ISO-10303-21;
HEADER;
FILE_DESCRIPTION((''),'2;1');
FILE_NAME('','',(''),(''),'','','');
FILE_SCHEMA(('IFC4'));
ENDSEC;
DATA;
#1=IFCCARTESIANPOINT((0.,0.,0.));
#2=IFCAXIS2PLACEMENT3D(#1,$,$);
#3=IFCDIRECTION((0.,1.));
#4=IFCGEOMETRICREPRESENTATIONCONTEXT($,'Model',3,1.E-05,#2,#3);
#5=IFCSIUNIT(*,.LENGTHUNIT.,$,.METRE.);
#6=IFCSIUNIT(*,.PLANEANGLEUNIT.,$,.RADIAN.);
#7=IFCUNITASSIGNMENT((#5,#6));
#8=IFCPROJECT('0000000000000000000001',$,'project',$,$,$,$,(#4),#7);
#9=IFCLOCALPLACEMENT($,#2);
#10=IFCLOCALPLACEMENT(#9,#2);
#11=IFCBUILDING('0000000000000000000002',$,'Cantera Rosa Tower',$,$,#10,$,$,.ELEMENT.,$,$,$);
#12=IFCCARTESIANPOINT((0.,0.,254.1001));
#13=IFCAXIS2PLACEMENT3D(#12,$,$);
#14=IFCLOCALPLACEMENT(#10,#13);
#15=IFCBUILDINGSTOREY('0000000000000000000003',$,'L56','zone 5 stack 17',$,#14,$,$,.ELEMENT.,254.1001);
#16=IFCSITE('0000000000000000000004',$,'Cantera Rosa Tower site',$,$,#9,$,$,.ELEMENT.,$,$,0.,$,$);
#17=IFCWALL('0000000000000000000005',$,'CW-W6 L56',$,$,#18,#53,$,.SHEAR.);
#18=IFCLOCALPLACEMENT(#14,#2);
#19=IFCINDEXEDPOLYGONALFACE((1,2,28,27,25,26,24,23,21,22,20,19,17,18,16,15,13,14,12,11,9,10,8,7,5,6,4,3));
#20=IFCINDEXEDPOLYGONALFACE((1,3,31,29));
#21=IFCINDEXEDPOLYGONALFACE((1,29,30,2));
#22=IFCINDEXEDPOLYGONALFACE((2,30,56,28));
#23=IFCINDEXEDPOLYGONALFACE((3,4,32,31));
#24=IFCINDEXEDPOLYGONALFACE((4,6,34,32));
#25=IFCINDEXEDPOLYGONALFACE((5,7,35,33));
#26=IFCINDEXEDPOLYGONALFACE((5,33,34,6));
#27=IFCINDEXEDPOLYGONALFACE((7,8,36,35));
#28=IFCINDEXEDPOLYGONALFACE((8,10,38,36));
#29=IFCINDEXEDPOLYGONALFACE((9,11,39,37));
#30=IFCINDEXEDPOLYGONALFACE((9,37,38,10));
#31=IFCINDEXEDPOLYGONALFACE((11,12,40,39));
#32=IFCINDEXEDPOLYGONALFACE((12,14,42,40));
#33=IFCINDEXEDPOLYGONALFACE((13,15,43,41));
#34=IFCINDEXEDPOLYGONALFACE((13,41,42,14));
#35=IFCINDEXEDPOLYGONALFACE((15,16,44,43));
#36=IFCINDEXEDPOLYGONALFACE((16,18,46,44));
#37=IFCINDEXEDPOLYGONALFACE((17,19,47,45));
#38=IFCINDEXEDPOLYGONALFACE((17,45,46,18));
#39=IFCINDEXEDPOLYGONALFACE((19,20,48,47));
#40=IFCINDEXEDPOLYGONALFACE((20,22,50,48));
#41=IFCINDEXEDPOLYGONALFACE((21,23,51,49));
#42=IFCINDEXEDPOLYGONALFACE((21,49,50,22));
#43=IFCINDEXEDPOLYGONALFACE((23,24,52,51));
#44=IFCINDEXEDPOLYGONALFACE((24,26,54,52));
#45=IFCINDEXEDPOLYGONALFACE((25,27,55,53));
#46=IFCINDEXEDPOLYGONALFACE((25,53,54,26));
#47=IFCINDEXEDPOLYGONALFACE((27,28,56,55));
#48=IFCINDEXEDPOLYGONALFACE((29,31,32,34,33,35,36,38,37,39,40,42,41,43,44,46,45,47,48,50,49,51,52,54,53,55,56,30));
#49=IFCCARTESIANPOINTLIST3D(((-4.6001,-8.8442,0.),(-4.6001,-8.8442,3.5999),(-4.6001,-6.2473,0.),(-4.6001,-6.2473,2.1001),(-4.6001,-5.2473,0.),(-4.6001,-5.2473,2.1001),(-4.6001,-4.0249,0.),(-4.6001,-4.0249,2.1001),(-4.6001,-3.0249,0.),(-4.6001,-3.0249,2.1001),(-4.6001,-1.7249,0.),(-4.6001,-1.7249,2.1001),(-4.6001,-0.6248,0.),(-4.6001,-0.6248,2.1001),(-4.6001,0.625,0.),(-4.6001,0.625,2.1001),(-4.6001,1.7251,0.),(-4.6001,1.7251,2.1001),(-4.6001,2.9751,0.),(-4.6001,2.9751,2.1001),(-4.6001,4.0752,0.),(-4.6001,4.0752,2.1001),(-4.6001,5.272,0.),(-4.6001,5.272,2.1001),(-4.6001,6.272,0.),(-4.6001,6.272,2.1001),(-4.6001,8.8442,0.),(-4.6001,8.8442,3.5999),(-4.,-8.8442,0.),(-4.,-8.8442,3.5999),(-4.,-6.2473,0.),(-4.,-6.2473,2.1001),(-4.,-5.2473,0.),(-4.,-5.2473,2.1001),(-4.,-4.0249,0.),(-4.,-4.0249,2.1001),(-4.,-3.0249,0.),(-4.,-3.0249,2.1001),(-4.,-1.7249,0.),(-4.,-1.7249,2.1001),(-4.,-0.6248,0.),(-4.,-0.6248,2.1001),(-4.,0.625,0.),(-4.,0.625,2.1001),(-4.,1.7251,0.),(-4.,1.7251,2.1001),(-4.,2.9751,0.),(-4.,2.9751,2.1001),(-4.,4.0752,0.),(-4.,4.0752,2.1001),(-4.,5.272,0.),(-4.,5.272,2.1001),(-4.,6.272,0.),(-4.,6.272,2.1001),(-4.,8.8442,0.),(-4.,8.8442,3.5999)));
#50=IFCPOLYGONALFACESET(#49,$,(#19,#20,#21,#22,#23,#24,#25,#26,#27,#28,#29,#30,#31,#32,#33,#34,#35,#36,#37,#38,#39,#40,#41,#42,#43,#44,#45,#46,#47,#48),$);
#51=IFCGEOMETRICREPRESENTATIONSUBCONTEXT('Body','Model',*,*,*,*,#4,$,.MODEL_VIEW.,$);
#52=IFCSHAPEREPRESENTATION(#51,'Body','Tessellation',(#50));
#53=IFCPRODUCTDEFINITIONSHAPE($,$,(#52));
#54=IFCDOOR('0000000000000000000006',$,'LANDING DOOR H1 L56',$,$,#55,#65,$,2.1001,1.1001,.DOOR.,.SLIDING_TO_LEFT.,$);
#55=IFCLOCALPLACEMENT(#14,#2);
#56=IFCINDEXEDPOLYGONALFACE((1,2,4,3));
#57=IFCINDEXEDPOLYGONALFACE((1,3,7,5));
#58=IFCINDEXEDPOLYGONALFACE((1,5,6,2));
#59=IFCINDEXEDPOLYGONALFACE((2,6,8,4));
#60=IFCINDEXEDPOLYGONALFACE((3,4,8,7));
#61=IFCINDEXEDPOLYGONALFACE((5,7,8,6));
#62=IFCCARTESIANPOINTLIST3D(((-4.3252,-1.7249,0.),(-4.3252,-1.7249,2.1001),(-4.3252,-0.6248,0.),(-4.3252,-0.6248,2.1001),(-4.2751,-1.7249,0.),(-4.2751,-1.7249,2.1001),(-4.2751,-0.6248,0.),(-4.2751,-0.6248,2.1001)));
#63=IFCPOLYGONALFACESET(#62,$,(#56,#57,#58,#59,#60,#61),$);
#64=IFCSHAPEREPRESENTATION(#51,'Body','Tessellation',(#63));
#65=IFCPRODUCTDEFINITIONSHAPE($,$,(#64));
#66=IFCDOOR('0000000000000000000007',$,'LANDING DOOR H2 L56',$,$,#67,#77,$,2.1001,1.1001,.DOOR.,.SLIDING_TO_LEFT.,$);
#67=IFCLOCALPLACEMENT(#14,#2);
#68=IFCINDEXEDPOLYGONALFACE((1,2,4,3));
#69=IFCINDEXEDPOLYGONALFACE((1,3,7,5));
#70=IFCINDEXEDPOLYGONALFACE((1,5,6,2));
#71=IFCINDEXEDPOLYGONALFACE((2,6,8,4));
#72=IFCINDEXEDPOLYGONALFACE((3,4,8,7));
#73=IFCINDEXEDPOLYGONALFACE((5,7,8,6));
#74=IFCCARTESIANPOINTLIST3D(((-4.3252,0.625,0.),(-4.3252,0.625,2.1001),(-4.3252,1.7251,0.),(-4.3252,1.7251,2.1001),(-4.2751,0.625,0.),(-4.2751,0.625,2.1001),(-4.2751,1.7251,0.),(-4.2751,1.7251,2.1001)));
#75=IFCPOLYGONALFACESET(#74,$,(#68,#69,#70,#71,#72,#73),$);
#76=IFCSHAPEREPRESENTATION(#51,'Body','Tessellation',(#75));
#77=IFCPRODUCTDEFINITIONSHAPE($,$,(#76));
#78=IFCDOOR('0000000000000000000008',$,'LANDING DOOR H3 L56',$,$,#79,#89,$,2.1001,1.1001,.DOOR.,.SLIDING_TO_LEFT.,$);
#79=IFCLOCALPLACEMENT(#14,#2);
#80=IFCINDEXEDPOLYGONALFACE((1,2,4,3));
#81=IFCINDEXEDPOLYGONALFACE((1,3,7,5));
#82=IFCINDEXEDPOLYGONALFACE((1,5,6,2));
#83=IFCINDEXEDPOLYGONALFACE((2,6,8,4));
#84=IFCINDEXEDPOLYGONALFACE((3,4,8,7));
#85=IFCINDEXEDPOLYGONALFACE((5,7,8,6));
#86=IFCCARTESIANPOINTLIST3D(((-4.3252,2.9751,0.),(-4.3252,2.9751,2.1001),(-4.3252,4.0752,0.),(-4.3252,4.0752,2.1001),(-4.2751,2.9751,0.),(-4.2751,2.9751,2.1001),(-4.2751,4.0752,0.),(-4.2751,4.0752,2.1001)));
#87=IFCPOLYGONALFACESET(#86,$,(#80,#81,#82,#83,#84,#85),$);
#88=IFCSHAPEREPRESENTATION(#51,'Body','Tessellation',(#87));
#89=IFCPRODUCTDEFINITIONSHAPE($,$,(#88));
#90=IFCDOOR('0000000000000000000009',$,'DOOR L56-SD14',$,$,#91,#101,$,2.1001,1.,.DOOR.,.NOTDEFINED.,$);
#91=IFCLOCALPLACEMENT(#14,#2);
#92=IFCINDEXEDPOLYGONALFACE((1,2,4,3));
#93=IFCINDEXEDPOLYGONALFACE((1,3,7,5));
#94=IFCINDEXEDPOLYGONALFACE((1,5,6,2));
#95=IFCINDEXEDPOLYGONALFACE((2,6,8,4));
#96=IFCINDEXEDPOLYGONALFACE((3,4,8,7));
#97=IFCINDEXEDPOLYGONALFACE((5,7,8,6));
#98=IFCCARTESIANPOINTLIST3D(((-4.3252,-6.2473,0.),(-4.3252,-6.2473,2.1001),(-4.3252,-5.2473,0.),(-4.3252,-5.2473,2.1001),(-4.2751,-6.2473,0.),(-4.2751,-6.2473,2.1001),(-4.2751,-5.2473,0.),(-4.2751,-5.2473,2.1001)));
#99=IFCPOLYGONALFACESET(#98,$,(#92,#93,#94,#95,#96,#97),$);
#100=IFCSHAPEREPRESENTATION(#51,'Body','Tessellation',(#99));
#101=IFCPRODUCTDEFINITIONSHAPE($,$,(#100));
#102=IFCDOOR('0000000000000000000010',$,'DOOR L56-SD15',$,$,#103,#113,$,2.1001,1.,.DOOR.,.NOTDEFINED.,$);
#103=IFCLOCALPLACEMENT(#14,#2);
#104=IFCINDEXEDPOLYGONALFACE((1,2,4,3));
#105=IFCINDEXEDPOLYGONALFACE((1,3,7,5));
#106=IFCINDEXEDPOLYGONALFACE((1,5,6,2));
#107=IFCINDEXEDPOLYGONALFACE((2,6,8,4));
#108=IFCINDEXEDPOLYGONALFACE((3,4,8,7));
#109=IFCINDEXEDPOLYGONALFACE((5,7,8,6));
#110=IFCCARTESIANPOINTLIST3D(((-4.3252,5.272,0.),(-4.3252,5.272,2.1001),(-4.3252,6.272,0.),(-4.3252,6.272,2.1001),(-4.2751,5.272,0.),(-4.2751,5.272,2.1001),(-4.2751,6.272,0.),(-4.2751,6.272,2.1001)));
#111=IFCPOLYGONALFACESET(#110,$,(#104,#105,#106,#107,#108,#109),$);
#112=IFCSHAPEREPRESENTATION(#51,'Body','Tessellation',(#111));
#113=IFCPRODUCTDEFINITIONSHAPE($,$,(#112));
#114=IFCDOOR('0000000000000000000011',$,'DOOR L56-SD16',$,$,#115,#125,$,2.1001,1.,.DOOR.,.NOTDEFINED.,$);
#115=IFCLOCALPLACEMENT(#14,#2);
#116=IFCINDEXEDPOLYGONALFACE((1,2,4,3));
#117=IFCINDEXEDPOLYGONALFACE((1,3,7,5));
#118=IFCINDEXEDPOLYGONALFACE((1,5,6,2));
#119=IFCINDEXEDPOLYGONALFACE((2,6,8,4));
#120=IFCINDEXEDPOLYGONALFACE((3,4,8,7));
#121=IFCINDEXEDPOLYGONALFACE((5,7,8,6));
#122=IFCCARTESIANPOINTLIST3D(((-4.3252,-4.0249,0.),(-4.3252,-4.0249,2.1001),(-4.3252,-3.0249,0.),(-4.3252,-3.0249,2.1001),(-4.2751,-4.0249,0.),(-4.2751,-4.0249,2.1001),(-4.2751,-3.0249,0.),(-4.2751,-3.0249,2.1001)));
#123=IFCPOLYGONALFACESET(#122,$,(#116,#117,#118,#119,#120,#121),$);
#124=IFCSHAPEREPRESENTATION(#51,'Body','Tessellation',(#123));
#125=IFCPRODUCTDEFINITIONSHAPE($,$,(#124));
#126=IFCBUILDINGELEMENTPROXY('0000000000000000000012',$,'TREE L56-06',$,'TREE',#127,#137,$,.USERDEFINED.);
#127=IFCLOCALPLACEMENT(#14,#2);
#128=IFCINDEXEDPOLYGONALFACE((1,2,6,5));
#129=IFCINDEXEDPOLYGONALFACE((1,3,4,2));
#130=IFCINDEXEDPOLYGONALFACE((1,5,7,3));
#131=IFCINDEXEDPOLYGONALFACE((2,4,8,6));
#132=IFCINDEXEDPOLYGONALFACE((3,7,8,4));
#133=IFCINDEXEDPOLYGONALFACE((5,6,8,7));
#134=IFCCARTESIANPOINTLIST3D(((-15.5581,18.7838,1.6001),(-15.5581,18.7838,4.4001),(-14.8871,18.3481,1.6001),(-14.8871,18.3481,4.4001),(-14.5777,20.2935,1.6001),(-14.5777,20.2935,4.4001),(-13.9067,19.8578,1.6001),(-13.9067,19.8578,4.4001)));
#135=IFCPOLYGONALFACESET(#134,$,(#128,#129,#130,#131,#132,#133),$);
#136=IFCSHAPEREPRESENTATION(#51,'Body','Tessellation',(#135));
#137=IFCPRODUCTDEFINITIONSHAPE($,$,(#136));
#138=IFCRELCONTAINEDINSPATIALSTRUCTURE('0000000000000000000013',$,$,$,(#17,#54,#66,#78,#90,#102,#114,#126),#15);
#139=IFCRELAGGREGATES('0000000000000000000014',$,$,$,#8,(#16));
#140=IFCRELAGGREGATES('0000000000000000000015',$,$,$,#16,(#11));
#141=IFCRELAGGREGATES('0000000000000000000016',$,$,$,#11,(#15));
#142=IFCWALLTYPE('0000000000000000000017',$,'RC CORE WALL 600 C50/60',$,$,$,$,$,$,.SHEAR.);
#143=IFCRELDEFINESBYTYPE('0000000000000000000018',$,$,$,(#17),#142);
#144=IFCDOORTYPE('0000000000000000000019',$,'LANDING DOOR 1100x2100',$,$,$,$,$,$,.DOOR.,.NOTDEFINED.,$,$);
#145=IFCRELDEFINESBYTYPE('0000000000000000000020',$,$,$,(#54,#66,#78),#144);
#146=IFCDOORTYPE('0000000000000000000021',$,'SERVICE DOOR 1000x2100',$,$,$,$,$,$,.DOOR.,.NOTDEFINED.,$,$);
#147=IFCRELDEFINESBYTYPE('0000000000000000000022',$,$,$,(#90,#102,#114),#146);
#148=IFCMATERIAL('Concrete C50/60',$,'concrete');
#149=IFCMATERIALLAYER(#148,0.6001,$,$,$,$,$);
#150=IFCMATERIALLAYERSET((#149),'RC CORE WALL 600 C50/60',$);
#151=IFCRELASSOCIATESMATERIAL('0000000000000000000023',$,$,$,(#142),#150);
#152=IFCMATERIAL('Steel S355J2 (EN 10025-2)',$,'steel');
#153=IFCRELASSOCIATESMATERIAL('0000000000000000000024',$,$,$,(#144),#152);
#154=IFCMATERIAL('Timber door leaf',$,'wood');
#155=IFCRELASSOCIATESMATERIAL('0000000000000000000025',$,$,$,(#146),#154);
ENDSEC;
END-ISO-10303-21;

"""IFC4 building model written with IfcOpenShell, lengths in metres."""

from ifc_helpers import new_model, si_unit, direction, frame, frame_2d, origin, origin_2d, place, context, subcontext, project, spatial, rectangle, extrude, material, layer, layer_set, type_object, element, fill, save


model = new_model("IFC4")

# Units and contexts
model_context = context("Model", 3, precision=1e-05, world=origin(), true_north=direction((0.0, 1.0)))
body_context = subcontext(model_context, "Body", "Model", "MODEL_VIEW")
ifc_project = project(units=[si_unit("LENGTHUNIT", "METRE"), si_unit("PLANEANGLEUNIT", "RADIAN")], contexts=[model_context])

# Site, building, storey
site_placement = place(None, origin())
site = spatial("IfcSite", under=ifc_project, at=site_placement, Name="Cantera Rosa Tower site", CompositionType="ELEMENT", RefElevation=0.0)
building_placement = place(site_placement, origin())
building = spatial("IfcBuilding", under=site, at=building_placement, Name="Cantera Rosa Tower", CompositionType="ELEMENT")
storey_placement = place(building_placement, frame((0.0, 0.0, 254.1001)))
storey = spatial("IfcBuildingStorey", under=building, at=storey_placement, Name="L56", Description="zone 5 stack 17", CompositionType="ELEMENT", Elevation=254.1001)

# Wall, openings, doors
ifc_material_1 = material(Name="Concrete C50/60", Category="concrete")
ifc_layer_1 = layer(ifc_material_1, 0.6001)
ifc_layer_set_1 = layer_set([ifc_layer_1], Name="RC CORE WALL 600 C50/60")
wall_type_1 = type_object("IfcWallType", Name="RC CORE WALL 600 C50/60", PredefinedType="SHEAR", material=ifc_layer_set_1)
wall_1_placement = place(storey_placement, frame((-4.3, 8.8442, 0.0), z_axis=(0.0, 0.0, 1.0), x_axis=(0.0, -1.0, 0.0)))
wall_1 = element("IfcWall", 1, at=wall_1_placement, inside=storey, type_object=wall_type_1, Name="CW-W6 L56", PredefinedType="SHEAR", context=body_context, shape_type="SweptSolid", body=[
    extrude(rectangle(XDim=17.6885, YDim=0.6001, at=frame_2d((8.8442, 0.0))), origin(), (0.0, 0.0, 1.0), 3.5999),
])
opening_1_placement = place(wall_1_placement, frame((9.469, 0.0, 0.0)))
opening_1 = element("IfcOpeningElement", 2, at=opening_1_placement, cuts=wall_1, PredefinedType="OPENING", context=body_context, shape_type="SweptSolid", body=[
    extrude(rectangle(XDim=1.1001, YDim=2.1001, at=frame_2d((0.55, 1.05))), frame((0.0, 0.3101, 0.0), z_axis=(0.0, -1.0, 0.0), x_axis=(1.0, 0.0, 0.0)), (0.0, 0.0, 1.0), 0.6201),
])
opening_2_placement = place(wall_1_placement, frame((7.1191, 0.0, 0.0)))
opening_2 = element("IfcOpeningElement", 3, at=opening_2_placement, cuts=wall_1, PredefinedType="OPENING", context=body_context, shape_type="SweptSolid", body=[
    extrude(rectangle(XDim=1.1001, YDim=2.1001, at=frame_2d((0.55, 1.05))), frame((0.0, 0.3101, 0.0), z_axis=(0.0, -1.0, 0.0), x_axis=(1.0, 0.0, 0.0)), (0.0, 0.0, 1.0), 0.6201),
])
opening_3_placement = place(wall_1_placement, frame((4.769, 0.0, 0.0)))
opening_3 = element("IfcOpeningElement", 4, at=opening_3_placement, cuts=wall_1, PredefinedType="OPENING", context=body_context, shape_type="SweptSolid", body=[
    extrude(rectangle(XDim=1.1001, YDim=2.1001, at=frame_2d((0.55, 1.05))), frame((0.0, 0.3101, 0.0), z_axis=(0.0, -1.0, 0.0), x_axis=(1.0, 0.0, 0.0)), (0.0, 0.0, 1.0), 0.6201),
])
opening_4_placement = place(wall_1_placement, frame((14.0916, 0.0, 0.0)))
opening_4 = element("IfcOpeningElement", 5, at=opening_4_placement, cuts=wall_1, PredefinedType="OPENING", context=body_context, shape_type="SweptSolid", body=[
    extrude(rectangle(XDim=1.0, YDim=2.1001, at=frame_2d((0.5, 1.05))), frame((0.0, 0.3101, 0.0), z_axis=(0.0, -1.0, 0.0), x_axis=(1.0, 0.0, 0.0)), (0.0, 0.0, 1.0), 0.6201),
])
opening_5_placement = place(wall_1_placement, frame((2.5723, 0.0, 0.0)))
opening_5 = element("IfcOpeningElement", 6, at=opening_5_placement, cuts=wall_1, PredefinedType="OPENING", context=body_context, shape_type="SweptSolid", body=[
    extrude(rectangle(XDim=1.0, YDim=2.1001, at=frame_2d((0.5, 1.05))), frame((0.0, 0.3101, 0.0), z_axis=(0.0, -1.0, 0.0), x_axis=(1.0, 0.0, 0.0)), (0.0, 0.0, 1.0), 0.6201),
])
opening_6_placement = place(wall_1_placement, frame((11.8691, 0.0, 0.0)))
opening_6 = element("IfcOpeningElement", 7, at=opening_6_placement, cuts=wall_1, PredefinedType="OPENING", context=body_context, shape_type="SweptSolid", body=[
    extrude(rectangle(XDim=1.0, YDim=2.1001, at=frame_2d((0.5, 1.05))), frame((0.0, 0.3101, 0.0), z_axis=(0.0, -1.0, 0.0), x_axis=(1.0, 0.0, 0.0)), (0.0, 0.0, 1.0), 0.6201),
])
ifc_material_2 = material(Name="Steel S355J2 (EN 10025-2)", Category="steel")
door_type_1 = type_object("IfcDoorType", Name="LANDING DOOR 1100x2100", OperationType="NOTDEFINED", PredefinedType="DOOR", material=ifc_material_2)
door_1_placement = place(opening_1_placement, origin())
door_1 = element("IfcDoor", 8, at=door_1_placement, inside=storey, type_object=door_type_1, Name="LANDING DOOR H1 L56", OperationType="SLIDING_TO_LEFT", OverallHeight=2.1001, OverallWidth=1.1001, PredefinedType="DOOR", context=body_context, shape_type="SweptSolid", body=[
    extrude(rectangle(XDim=1.1001, YDim=2.1001, at=frame_2d((0.55, 1.05))), frame((0.0, 0.0249, 0.0), z_axis=(0.0, -1.0, 0.0), x_axis=(1.0, 0.0, 0.0)), (0.0, 0.0, 1.0), 0.05),
])
fill(opening_1, door_1)
door_2_placement = place(opening_2_placement, origin())
door_2 = element("IfcDoor", 9, at=door_2_placement, inside=storey, type_object=door_type_1, Name="LANDING DOOR H2 L56", OperationType="SLIDING_TO_LEFT", OverallHeight=2.1001, OverallWidth=1.1001, PredefinedType="DOOR", context=body_context, shape_type="SweptSolid", body=[
    extrude(rectangle(XDim=1.1001, YDim=2.1001, at=frame_2d((0.55, 1.05))), frame((0.0, 0.0249, 0.0), z_axis=(0.0, -1.0, 0.0), x_axis=(1.0, 0.0, 0.0)), (0.0, 0.0, 1.0), 0.05),
])
fill(opening_2, door_2)
door_3_placement = place(opening_3_placement, origin())
door_3 = element("IfcDoor", 10, at=door_3_placement, inside=storey, type_object=door_type_1, Name="LANDING DOOR H3 L56", OperationType="SLIDING_TO_LEFT", OverallHeight=2.1001, OverallWidth=1.1001, PredefinedType="DOOR", context=body_context, shape_type="SweptSolid", body=[
    extrude(rectangle(XDim=1.1001, YDim=2.1001, at=frame_2d((0.55, 1.05))), frame((0.0, 0.0249, 0.0), z_axis=(0.0, -1.0, 0.0), x_axis=(1.0, 0.0, 0.0)), (0.0, 0.0, 1.0), 0.05),
])
fill(opening_3, door_3)
ifc_material_3 = material(Name="Timber door leaf", Category="wood")
door_type_2 = type_object("IfcDoorType", Name="SERVICE DOOR 1000x2100", OperationType="NOTDEFINED", PredefinedType="DOOR", material=ifc_material_3)
door_4_placement = place(opening_4_placement, origin())
door_4 = element("IfcDoor", 11, at=door_4_placement, inside=storey, type_object=door_type_2, Name="DOOR L56-SD14", OperationType="NOTDEFINED", OverallHeight=2.1001, OverallWidth=1.0, PredefinedType="DOOR", context=body_context, shape_type="SweptSolid", body=[
    extrude(rectangle(XDim=1.0, YDim=2.1001, at=frame_2d((0.5, 1.05))), frame((0.0, 0.0249, 0.0), z_axis=(0.0, -1.0, 0.0), x_axis=(1.0, 0.0, 0.0)), (0.0, 0.0, 1.0), 0.05),
])
fill(opening_4, door_4)
door_5_placement = place(opening_5_placement, origin())
door_5 = element("IfcDoor", 12, at=door_5_placement, inside=storey, type_object=door_type_2, Name="DOOR L56-SD15", OperationType="NOTDEFINED", OverallHeight=2.1001, OverallWidth=1.0, PredefinedType="DOOR", context=body_context, shape_type="SweptSolid", body=[
    extrude(rectangle(XDim=1.0, YDim=2.1001, at=frame_2d((0.5, 1.05))), frame((0.0, 0.0249, 0.0), z_axis=(0.0, -1.0, 0.0), x_axis=(1.0, 0.0, 0.0)), (0.0, 0.0, 1.0), 0.05),
])
fill(opening_5, door_5)
door_6_placement = place(opening_6_placement, origin())
door_6 = element("IfcDoor", 13, at=door_6_placement, inside=storey, type_object=door_type_2, Name="DOOR L56-SD16", OperationType="NOTDEFINED", OverallHeight=2.1001, OverallWidth=1.0, PredefinedType="DOOR", context=body_context, shape_type="SweptSolid", body=[
    extrude(rectangle(XDim=1.0, YDim=2.1001, at=frame_2d((0.5, 1.05))), frame((0.0, 0.0249, 0.0), z_axis=(0.0, -1.0, 0.0), x_axis=(1.0, 0.0, 0.0)), (0.0, 0.0, 1.0), 0.05),
])
fill(opening_6, door_6)

# Building element proxy
proxy_placement = place(storey_placement, frame((-14.7324, 19.3208, 1.6001), z_axis=(0.0, 0.0, 1.0), x_axis=(-0.544639, -0.838671, 0.0)))
element("IfcBuildingElementProxy", 14, at=proxy_placement, inside=storey, Name="TREE L56-06", ObjectType="TREE", PredefinedType="USERDEFINED", context=body_context, shape_type="SweptSolid", body=[
    extrude(rectangle(XDim=1.8, YDim=0.8, at=origin_2d()), origin(), (0.0, 0.0, 1.0), 2.8),
])

save(model, "model.ifc")
